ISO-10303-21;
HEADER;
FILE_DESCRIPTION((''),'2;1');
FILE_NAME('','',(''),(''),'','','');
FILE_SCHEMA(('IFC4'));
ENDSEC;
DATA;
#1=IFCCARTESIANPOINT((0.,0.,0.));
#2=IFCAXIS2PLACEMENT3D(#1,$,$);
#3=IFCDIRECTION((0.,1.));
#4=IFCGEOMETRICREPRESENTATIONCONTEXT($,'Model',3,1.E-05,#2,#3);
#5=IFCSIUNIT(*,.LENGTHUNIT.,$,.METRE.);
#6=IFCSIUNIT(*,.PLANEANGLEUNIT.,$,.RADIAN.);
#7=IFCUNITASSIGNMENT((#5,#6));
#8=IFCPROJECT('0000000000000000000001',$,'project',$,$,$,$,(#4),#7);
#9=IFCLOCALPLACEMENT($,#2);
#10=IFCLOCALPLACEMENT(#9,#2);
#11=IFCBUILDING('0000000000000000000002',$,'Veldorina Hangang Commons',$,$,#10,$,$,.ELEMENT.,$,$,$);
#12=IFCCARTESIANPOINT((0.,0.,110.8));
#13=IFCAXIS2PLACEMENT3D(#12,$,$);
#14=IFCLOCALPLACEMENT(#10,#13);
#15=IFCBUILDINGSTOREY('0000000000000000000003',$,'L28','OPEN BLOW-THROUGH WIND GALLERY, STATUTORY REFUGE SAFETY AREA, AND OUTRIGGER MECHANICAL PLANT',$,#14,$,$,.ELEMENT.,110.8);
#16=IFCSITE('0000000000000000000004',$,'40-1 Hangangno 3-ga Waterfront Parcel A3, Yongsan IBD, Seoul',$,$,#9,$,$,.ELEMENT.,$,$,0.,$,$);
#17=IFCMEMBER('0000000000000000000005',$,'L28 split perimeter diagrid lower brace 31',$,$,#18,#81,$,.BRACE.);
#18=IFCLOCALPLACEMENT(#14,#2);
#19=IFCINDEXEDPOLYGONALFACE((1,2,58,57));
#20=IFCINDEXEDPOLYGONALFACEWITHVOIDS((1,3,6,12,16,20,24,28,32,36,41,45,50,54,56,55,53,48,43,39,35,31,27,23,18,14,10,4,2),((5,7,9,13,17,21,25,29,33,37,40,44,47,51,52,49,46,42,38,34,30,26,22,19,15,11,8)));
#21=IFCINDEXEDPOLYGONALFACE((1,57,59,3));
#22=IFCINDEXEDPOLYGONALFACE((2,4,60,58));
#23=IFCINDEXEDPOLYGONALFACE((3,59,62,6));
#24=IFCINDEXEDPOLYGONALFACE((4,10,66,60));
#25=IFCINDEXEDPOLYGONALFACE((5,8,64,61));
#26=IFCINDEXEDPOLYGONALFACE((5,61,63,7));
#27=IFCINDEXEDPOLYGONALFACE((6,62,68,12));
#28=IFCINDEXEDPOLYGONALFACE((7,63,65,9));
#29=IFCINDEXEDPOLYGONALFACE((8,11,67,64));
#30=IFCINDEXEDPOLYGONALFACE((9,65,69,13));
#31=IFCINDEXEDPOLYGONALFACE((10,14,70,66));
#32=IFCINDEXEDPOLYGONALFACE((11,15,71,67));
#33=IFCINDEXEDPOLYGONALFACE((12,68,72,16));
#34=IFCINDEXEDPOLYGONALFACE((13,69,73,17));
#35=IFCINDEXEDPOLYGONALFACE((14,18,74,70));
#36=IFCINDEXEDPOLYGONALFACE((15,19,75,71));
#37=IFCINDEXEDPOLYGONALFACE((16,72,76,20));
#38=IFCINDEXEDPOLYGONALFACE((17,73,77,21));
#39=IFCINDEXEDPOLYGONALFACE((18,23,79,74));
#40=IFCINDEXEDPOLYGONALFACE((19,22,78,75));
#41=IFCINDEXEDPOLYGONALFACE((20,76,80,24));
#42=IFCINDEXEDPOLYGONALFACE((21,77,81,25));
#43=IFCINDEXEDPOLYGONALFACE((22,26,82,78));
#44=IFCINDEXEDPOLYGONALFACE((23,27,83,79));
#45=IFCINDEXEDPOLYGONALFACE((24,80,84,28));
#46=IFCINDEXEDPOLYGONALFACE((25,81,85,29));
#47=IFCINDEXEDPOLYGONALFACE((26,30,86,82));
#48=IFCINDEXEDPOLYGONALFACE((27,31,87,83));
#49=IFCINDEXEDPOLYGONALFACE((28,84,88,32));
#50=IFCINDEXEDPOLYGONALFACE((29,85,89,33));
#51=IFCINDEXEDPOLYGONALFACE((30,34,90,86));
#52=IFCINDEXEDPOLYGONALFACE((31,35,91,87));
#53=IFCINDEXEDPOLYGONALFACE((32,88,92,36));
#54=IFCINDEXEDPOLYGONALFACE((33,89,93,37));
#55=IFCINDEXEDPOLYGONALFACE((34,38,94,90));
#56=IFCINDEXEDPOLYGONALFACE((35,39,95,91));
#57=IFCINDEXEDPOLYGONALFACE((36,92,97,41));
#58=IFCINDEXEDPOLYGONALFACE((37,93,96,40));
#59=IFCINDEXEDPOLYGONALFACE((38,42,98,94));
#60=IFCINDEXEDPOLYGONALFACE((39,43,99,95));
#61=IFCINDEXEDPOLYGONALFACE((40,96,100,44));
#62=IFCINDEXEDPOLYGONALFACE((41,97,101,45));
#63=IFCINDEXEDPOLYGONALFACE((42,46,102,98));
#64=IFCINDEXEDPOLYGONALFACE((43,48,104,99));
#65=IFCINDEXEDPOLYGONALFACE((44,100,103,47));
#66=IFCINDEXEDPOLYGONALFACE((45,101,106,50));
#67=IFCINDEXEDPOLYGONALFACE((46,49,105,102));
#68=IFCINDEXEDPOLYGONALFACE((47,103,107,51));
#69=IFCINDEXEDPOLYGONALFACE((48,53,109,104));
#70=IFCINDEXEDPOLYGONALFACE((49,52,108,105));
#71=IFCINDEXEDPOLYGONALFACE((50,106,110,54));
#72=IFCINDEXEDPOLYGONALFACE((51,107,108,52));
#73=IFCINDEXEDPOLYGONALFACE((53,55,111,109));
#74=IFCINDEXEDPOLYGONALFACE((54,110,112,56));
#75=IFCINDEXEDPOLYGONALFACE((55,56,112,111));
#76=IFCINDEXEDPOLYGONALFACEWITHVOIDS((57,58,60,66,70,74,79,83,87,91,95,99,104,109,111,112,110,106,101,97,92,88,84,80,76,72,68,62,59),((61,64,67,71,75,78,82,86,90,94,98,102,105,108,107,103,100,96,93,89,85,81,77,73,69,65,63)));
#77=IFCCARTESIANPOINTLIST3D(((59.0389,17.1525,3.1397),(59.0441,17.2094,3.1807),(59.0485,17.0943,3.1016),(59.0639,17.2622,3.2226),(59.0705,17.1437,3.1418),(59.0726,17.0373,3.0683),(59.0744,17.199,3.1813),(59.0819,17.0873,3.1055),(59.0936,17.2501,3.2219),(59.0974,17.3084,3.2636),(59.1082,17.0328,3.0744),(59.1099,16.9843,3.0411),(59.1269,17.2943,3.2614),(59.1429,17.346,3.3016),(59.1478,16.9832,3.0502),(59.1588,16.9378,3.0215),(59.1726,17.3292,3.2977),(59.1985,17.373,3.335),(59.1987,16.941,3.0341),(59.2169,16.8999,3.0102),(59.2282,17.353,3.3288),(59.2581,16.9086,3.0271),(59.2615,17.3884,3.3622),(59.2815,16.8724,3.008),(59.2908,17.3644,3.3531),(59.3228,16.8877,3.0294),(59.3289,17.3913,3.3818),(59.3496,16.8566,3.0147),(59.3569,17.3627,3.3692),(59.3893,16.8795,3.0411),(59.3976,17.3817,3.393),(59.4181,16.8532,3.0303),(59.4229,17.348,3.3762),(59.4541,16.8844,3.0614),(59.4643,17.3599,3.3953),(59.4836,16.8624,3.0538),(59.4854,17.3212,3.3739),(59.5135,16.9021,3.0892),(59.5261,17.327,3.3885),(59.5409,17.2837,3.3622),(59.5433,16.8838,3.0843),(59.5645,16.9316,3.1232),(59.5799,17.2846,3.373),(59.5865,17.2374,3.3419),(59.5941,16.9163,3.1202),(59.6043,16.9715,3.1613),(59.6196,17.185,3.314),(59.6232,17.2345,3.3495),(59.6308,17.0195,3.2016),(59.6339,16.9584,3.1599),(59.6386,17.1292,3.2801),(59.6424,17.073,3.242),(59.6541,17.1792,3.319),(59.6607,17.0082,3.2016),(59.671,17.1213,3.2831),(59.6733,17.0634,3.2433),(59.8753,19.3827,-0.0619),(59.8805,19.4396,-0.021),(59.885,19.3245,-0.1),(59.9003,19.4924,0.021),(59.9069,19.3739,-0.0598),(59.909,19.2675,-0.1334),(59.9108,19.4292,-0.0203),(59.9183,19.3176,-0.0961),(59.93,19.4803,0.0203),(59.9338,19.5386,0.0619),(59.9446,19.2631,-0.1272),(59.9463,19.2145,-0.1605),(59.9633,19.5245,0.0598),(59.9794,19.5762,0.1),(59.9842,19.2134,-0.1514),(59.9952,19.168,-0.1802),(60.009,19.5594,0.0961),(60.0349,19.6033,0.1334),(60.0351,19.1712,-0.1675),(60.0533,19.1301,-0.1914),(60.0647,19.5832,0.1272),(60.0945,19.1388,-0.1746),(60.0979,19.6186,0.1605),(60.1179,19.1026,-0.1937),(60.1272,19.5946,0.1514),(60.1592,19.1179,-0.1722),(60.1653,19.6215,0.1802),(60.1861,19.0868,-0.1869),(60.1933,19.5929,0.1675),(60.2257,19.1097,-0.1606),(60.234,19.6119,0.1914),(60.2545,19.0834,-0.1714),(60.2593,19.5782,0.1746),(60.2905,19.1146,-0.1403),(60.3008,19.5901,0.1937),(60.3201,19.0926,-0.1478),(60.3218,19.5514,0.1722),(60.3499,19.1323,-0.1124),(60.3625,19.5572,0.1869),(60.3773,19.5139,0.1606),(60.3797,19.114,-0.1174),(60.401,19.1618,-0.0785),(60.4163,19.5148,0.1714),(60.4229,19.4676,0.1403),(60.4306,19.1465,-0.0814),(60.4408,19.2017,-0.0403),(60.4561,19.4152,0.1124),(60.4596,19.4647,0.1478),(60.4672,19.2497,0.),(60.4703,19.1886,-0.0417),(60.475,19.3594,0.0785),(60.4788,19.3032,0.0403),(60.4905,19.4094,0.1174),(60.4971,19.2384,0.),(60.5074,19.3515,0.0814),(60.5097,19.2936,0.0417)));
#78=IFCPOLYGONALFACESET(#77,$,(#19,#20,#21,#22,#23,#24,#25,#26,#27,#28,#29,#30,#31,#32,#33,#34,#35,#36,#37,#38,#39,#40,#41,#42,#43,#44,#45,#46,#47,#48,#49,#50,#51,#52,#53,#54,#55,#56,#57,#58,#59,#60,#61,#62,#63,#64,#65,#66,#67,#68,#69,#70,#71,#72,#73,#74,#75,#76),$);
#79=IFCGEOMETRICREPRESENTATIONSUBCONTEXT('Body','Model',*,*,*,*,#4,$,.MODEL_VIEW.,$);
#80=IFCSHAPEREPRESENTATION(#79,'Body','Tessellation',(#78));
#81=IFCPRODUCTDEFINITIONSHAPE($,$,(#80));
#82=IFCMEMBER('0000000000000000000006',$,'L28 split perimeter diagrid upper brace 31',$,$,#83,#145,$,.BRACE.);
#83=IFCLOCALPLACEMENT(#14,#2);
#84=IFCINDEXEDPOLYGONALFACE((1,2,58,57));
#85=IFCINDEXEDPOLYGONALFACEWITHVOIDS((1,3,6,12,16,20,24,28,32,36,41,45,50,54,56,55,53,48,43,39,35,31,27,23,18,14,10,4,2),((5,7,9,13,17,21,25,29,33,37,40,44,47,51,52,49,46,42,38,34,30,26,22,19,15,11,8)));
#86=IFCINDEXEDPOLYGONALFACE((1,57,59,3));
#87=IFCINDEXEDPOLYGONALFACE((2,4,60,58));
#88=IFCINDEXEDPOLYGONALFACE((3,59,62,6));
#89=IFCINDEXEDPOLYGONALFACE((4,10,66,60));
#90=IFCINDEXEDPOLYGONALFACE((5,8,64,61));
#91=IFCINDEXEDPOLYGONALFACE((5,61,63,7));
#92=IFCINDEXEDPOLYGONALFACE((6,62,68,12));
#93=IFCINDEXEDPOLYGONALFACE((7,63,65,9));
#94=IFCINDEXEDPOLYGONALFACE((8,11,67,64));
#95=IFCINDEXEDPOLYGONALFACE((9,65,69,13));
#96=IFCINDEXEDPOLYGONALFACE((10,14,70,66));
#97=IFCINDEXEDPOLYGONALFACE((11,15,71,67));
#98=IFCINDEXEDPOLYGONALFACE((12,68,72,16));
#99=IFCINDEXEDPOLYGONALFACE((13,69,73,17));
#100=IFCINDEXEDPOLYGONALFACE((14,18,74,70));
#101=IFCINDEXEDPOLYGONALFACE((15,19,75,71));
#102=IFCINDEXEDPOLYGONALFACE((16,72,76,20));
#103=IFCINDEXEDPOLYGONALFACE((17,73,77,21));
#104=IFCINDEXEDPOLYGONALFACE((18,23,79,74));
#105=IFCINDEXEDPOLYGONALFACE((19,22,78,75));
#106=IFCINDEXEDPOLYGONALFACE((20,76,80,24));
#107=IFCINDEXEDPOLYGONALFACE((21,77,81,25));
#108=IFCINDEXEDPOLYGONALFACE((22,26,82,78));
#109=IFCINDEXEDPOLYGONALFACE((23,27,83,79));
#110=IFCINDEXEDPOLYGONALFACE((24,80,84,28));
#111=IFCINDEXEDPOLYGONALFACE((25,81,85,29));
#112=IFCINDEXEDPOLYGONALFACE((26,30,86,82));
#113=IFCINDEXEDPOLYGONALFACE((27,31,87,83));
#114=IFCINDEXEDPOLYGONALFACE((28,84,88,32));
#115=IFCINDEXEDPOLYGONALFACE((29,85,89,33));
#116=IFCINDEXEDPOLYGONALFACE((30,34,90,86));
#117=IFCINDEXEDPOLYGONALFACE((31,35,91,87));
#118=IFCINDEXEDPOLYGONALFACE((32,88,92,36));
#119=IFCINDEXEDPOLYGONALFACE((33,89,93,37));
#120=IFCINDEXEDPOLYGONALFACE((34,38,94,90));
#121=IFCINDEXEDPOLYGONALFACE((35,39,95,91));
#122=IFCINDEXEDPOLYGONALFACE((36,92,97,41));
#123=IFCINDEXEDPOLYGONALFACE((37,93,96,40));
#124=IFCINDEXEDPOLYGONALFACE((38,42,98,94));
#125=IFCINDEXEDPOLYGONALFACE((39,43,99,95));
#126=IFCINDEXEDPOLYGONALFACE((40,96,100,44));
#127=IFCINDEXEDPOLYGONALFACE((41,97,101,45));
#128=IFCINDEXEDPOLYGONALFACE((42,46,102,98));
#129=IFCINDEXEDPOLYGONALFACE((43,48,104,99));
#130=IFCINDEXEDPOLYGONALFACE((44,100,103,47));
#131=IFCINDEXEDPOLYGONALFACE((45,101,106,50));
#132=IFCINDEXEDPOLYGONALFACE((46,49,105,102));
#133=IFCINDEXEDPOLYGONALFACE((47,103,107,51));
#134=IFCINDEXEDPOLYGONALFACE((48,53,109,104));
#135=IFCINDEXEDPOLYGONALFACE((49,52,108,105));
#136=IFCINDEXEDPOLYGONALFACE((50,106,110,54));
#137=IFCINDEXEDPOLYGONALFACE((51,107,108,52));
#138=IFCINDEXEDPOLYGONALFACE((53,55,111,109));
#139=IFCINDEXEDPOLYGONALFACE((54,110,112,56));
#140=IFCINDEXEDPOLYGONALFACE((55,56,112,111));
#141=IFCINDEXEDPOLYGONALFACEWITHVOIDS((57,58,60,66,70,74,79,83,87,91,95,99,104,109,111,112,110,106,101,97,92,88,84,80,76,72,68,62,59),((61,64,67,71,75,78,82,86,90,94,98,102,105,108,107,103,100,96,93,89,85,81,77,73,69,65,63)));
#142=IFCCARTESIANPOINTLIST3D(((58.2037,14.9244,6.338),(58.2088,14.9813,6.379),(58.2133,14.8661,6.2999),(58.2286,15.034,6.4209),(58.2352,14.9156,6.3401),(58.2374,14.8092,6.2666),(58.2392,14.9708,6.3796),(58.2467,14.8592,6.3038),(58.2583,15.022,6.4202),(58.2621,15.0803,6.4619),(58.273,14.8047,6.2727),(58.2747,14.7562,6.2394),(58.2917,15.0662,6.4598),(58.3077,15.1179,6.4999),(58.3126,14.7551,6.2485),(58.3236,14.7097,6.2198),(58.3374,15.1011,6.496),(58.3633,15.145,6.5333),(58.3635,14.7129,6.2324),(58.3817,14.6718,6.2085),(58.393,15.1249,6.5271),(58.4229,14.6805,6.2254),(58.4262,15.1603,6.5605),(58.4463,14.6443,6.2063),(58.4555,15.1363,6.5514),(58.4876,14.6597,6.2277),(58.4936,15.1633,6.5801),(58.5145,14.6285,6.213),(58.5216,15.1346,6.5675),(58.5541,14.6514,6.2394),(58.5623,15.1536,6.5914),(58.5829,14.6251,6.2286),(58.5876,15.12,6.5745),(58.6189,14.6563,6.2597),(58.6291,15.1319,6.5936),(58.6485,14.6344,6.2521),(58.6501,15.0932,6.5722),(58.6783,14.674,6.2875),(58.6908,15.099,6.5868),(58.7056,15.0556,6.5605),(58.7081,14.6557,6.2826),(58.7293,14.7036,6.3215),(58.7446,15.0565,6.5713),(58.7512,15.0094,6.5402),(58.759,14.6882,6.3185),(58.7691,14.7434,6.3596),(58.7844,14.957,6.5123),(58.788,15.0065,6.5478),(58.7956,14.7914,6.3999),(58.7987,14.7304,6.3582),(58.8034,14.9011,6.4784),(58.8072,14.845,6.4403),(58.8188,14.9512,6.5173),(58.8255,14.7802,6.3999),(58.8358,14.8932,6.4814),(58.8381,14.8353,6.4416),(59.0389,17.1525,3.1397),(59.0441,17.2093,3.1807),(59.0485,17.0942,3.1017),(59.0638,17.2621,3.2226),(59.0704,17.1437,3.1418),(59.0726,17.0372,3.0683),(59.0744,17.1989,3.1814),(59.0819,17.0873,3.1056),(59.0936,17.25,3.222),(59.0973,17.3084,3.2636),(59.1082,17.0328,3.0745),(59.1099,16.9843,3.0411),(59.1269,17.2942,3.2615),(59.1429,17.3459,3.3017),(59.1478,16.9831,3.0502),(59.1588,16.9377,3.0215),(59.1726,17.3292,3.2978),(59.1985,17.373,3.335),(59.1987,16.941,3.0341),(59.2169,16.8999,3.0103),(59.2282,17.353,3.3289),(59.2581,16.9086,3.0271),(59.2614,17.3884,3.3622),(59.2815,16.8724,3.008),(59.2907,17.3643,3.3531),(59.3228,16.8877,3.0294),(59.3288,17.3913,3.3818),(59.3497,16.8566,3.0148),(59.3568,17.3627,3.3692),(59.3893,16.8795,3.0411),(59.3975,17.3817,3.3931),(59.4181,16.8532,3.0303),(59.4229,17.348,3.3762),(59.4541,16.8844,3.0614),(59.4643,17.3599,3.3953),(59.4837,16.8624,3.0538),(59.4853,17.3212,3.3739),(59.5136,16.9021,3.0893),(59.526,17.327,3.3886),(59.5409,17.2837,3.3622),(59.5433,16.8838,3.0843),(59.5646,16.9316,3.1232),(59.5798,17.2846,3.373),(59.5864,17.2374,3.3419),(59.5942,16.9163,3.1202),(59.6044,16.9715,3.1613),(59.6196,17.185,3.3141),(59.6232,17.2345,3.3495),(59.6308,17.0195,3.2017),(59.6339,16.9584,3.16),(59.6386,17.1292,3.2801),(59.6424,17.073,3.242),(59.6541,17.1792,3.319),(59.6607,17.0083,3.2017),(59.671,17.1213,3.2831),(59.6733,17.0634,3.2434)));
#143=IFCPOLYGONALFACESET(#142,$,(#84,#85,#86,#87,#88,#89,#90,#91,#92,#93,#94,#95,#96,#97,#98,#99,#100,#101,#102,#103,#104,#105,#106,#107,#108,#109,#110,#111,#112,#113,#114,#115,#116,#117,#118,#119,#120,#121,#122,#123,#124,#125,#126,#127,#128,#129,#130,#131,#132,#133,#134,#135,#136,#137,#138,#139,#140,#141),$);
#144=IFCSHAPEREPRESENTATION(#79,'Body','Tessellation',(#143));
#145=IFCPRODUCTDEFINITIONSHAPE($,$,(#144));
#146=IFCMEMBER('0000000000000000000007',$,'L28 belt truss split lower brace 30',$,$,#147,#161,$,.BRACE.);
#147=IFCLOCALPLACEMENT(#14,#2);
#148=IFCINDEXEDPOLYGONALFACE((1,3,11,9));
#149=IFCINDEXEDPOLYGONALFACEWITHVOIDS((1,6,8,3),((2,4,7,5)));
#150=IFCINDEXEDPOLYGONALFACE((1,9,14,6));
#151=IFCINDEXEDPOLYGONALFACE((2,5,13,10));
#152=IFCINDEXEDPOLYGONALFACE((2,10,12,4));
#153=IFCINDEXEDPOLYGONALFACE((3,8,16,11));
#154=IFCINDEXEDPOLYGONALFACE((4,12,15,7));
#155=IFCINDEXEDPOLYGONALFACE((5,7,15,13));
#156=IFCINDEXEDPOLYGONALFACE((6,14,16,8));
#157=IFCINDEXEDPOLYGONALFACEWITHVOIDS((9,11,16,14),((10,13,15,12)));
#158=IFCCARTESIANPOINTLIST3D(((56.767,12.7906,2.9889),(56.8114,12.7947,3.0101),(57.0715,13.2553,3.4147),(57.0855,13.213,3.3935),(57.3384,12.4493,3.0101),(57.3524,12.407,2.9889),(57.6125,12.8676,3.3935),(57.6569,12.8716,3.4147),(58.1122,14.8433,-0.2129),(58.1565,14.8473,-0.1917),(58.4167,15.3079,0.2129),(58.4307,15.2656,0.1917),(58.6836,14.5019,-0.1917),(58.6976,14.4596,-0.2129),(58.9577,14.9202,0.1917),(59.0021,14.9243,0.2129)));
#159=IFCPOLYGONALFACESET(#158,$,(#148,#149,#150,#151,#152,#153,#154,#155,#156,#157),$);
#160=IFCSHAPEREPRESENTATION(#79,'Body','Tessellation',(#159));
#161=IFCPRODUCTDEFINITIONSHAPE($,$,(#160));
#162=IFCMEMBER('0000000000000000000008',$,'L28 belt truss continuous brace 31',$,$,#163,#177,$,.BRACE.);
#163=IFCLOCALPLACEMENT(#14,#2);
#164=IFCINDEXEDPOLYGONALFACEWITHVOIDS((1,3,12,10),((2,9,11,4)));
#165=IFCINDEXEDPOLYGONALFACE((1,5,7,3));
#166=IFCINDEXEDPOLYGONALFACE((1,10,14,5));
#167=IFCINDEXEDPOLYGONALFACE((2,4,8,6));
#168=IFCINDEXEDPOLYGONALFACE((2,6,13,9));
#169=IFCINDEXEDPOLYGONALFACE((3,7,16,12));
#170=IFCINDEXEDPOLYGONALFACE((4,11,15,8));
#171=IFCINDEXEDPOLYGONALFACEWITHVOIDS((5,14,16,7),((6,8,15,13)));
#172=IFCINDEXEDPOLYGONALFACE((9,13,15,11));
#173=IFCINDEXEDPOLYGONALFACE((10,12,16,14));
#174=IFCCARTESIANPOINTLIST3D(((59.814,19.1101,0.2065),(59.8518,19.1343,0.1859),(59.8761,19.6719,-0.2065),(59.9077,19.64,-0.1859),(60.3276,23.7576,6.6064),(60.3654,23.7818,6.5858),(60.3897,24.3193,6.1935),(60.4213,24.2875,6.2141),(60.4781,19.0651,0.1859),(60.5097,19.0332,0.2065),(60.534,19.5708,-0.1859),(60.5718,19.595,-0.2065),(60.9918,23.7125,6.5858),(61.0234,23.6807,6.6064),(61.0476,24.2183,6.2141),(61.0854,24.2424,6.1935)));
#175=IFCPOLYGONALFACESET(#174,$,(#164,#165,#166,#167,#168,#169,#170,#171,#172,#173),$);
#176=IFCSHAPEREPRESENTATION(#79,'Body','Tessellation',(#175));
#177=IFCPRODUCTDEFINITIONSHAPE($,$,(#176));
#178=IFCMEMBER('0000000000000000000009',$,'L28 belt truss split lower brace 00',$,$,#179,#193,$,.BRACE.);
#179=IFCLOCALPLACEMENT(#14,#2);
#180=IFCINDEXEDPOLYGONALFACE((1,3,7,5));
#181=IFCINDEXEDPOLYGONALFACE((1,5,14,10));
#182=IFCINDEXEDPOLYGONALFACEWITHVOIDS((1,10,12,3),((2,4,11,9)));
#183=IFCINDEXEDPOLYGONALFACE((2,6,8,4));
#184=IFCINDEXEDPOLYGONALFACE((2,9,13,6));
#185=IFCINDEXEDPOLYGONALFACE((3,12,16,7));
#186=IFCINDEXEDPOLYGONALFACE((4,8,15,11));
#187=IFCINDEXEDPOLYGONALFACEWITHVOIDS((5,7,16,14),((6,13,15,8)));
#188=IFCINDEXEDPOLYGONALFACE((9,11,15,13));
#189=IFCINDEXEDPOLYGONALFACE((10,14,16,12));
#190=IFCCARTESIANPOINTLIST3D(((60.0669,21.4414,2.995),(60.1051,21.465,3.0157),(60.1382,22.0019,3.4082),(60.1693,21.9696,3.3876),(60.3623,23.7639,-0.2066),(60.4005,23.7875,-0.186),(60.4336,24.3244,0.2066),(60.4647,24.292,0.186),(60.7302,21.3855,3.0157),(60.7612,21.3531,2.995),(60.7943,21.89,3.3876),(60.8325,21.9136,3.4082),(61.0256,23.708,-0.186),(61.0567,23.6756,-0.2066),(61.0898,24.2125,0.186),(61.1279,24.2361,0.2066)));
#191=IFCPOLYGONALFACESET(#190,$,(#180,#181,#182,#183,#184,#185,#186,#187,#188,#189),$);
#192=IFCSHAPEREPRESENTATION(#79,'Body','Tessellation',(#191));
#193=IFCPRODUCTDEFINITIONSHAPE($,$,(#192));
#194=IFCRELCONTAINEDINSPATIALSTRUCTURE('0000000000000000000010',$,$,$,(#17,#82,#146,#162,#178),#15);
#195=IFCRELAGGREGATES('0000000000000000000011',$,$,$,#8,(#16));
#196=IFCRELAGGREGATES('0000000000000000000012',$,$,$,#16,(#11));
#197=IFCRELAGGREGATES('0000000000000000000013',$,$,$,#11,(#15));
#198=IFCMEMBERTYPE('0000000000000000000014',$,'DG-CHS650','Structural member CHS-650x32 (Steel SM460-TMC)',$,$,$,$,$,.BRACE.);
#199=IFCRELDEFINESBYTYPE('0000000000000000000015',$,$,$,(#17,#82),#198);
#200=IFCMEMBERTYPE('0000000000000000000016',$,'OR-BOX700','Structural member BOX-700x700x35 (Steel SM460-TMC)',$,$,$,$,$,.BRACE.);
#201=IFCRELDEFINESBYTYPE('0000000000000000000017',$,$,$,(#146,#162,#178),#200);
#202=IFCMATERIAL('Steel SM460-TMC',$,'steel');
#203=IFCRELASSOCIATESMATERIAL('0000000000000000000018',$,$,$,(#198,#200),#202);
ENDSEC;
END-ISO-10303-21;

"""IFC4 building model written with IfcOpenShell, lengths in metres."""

from ifc_helpers import new_model, si_unit, direction, frame, origin, origin_2d, place, context, subcontext, project, spatial, hollow_rectangle, hollow_circle, extrude, material, material_profile, profile_set, type_object, element, save


model = new_model("IFC4")

# Units and contexts
model_context = context("Model", 3, precision=1e-05, world=origin(), true_north=direction((0.0, 1.0)))
body_context = subcontext(model_context, "Body", "Model", "MODEL_VIEW")
ifc_project = project(units=[si_unit("LENGTHUNIT", "METRE"), si_unit("PLANEANGLEUNIT", "RADIAN")], contexts=[model_context])

# Site, building, storey
site_placement = place(None, origin())
site = spatial("IfcSite", under=ifc_project, at=site_placement, Name="40-1 Hangangno 3-ga Waterfront Parcel A3, Yongsan IBD, Seoul", CompositionType="ELEMENT", RefElevation=0.0)
building_placement = place(site_placement, origin())
building = spatial("IfcBuilding", under=site, at=building_placement, Name="Veldorina Hangang Commons", CompositionType="ELEMENT")
storey_placement = place(building_placement, frame((0.0, 0.0, 110.8)))
storey = spatial("IfcBuildingStorey", under=building, at=storey_placement, Name="L28", Description="OPEN BLOW-THROUGH WIND GALLERY, STATUTORY REFUGE SAFETY AREA, AND OUTRIGGER MECHANICAL PLANT", CompositionType="ELEMENT", Elevation=110.8)

# Shared definitions
ifc_material_1 = material(Name="Steel SM460-TMC", Category="steel")

# Members
ifc_material_profile_1 = material_profile(ifc_material_1, hollow_circle(Radius=0.325, WallThickness=0.032, at=origin_2d()), Name="CHS-650x32")
ifc_profile_set_1 = profile_set([ifc_material_profile_1], Name="Steel SM460-TMC")
member_type_1 = type_object("IfcMemberType", Name="DG-CHS650", Description="Structural member CHS-650x32 (Steel SM460-TMC)", PredefinedType="BRACE", material=ifc_profile_set_1)
member_1_placement = place(storey_placement, frame((60.1929, 19.3525, 0.0), z_axis=(-0.209604, -0.558883, 0.802319), x_axis=(0.936317, -0.351157, 0.0)))
element("IfcMember", 1, at=member_1_placement, inside=storey, type_object=member_type_1, Name="L28 split perimeter diagrid lower brace 31", PredefinedType="BRACE", context=body_context, shape_type="SweptSolid", body=[
    extrude(hollow_circle(Radius=0.325, WallThickness=0.032, at=origin_2d()), origin(), (0.0, 0.0, 1.0), 3.9905),
])
member_2_placement = place(storey_placement, frame((59.3564, 17.1223, 3.2017), z_axis=(-0.20952, -0.558924, 0.802313), x_axis=(0.936371, -0.351011, 0.0)))
element("IfcMember", 2, at=member_2_placement, inside=storey, type_object=member_type_1, Name="L28 split perimeter diagrid upper brace 31", PredefinedType="BRACE", context=body_context, shape_type="SweptSolid", body=[
    extrude(hollow_circle(Radius=0.325, WallThickness=0.032, at=origin_2d()), origin(), (0.0, 0.0, 1.0), 3.9863),
])
ifc_material_profile_2 = material_profile(ifc_material_1, hollow_rectangle(XDim=0.7, YDim=0.7, WallThickness=0.0349, at=origin_2d()), Name="BOX-700x700x35")
ifc_profile_set_2 = profile_set([ifc_material_profile_2], Name="Steel SM460-TMC")
member_type_2 = type_object("IfcMemberType", Name="OR-BOX700", Description="Structural member BOX-700x700x35 (Steel SM460-TMC)", PredefinedType="BRACE", material=ifc_profile_set_2)
member_3_placement = place(storey_placement, frame((58.5571, 14.8838, 0.0), z_axis=(-0.333445, -0.508821, 0.793672), x_axis=(0.836401, -0.548117, 0.0)))
element("IfcMember", 3, at=member_3_placement, inside=storey, type_object=member_type_2, Name="L28 belt truss split lower brace 30", PredefinedType="BRACE", context=body_context, shape_type="SweptSolid", body=[
    extrude(hollow_rectangle(XDim=0.7, YDim=0.7, WallThickness=0.0349, at=origin_2d()), origin(), (0.0, 0.0, 1.0), 4.0342),
])
member_4_placement = place(storey_placement, frame((60.1929, 19.3525, 0.0), z_axis=(0.064808, 0.586356, 0.807457), x_axis=(-0.993947, 0.109858, 0.0)))
element("IfcMember", 4, at=member_4_placement, inside=storey, type_object=member_type_2, Name="L28 belt truss continuous brace 31", PredefinedType="BRACE", context=body_context, shape_type="SweptSolid", body=[
    extrude(hollow_rectangle(XDim=0.7, YDim=0.7, WallThickness=0.0349, at=origin_2d()), origin(), (0.0, 0.0, 1.0), 7.926),
])
member_5_placement = place(storey_placement, frame((60.7451, 24.0, 0.0), z_axis=(-0.074479, -0.585553, 0.807205), x_axis=(0.992008, -0.126178, 0.0)))
element("IfcMember", 5, at=member_5_placement, inside=storey, type_object=member_type_2, Name="L28 belt truss split lower brace 00", PredefinedType="BRACE", context=body_context, shape_type="SweptSolid", body=[
    extrude(hollow_rectangle(XDim=0.7, YDim=0.7, WallThickness=0.0349, at=origin_2d()), origin(), (0.0, 0.0, 1.0), 3.9663),
])

save(model, "model.ifc")
